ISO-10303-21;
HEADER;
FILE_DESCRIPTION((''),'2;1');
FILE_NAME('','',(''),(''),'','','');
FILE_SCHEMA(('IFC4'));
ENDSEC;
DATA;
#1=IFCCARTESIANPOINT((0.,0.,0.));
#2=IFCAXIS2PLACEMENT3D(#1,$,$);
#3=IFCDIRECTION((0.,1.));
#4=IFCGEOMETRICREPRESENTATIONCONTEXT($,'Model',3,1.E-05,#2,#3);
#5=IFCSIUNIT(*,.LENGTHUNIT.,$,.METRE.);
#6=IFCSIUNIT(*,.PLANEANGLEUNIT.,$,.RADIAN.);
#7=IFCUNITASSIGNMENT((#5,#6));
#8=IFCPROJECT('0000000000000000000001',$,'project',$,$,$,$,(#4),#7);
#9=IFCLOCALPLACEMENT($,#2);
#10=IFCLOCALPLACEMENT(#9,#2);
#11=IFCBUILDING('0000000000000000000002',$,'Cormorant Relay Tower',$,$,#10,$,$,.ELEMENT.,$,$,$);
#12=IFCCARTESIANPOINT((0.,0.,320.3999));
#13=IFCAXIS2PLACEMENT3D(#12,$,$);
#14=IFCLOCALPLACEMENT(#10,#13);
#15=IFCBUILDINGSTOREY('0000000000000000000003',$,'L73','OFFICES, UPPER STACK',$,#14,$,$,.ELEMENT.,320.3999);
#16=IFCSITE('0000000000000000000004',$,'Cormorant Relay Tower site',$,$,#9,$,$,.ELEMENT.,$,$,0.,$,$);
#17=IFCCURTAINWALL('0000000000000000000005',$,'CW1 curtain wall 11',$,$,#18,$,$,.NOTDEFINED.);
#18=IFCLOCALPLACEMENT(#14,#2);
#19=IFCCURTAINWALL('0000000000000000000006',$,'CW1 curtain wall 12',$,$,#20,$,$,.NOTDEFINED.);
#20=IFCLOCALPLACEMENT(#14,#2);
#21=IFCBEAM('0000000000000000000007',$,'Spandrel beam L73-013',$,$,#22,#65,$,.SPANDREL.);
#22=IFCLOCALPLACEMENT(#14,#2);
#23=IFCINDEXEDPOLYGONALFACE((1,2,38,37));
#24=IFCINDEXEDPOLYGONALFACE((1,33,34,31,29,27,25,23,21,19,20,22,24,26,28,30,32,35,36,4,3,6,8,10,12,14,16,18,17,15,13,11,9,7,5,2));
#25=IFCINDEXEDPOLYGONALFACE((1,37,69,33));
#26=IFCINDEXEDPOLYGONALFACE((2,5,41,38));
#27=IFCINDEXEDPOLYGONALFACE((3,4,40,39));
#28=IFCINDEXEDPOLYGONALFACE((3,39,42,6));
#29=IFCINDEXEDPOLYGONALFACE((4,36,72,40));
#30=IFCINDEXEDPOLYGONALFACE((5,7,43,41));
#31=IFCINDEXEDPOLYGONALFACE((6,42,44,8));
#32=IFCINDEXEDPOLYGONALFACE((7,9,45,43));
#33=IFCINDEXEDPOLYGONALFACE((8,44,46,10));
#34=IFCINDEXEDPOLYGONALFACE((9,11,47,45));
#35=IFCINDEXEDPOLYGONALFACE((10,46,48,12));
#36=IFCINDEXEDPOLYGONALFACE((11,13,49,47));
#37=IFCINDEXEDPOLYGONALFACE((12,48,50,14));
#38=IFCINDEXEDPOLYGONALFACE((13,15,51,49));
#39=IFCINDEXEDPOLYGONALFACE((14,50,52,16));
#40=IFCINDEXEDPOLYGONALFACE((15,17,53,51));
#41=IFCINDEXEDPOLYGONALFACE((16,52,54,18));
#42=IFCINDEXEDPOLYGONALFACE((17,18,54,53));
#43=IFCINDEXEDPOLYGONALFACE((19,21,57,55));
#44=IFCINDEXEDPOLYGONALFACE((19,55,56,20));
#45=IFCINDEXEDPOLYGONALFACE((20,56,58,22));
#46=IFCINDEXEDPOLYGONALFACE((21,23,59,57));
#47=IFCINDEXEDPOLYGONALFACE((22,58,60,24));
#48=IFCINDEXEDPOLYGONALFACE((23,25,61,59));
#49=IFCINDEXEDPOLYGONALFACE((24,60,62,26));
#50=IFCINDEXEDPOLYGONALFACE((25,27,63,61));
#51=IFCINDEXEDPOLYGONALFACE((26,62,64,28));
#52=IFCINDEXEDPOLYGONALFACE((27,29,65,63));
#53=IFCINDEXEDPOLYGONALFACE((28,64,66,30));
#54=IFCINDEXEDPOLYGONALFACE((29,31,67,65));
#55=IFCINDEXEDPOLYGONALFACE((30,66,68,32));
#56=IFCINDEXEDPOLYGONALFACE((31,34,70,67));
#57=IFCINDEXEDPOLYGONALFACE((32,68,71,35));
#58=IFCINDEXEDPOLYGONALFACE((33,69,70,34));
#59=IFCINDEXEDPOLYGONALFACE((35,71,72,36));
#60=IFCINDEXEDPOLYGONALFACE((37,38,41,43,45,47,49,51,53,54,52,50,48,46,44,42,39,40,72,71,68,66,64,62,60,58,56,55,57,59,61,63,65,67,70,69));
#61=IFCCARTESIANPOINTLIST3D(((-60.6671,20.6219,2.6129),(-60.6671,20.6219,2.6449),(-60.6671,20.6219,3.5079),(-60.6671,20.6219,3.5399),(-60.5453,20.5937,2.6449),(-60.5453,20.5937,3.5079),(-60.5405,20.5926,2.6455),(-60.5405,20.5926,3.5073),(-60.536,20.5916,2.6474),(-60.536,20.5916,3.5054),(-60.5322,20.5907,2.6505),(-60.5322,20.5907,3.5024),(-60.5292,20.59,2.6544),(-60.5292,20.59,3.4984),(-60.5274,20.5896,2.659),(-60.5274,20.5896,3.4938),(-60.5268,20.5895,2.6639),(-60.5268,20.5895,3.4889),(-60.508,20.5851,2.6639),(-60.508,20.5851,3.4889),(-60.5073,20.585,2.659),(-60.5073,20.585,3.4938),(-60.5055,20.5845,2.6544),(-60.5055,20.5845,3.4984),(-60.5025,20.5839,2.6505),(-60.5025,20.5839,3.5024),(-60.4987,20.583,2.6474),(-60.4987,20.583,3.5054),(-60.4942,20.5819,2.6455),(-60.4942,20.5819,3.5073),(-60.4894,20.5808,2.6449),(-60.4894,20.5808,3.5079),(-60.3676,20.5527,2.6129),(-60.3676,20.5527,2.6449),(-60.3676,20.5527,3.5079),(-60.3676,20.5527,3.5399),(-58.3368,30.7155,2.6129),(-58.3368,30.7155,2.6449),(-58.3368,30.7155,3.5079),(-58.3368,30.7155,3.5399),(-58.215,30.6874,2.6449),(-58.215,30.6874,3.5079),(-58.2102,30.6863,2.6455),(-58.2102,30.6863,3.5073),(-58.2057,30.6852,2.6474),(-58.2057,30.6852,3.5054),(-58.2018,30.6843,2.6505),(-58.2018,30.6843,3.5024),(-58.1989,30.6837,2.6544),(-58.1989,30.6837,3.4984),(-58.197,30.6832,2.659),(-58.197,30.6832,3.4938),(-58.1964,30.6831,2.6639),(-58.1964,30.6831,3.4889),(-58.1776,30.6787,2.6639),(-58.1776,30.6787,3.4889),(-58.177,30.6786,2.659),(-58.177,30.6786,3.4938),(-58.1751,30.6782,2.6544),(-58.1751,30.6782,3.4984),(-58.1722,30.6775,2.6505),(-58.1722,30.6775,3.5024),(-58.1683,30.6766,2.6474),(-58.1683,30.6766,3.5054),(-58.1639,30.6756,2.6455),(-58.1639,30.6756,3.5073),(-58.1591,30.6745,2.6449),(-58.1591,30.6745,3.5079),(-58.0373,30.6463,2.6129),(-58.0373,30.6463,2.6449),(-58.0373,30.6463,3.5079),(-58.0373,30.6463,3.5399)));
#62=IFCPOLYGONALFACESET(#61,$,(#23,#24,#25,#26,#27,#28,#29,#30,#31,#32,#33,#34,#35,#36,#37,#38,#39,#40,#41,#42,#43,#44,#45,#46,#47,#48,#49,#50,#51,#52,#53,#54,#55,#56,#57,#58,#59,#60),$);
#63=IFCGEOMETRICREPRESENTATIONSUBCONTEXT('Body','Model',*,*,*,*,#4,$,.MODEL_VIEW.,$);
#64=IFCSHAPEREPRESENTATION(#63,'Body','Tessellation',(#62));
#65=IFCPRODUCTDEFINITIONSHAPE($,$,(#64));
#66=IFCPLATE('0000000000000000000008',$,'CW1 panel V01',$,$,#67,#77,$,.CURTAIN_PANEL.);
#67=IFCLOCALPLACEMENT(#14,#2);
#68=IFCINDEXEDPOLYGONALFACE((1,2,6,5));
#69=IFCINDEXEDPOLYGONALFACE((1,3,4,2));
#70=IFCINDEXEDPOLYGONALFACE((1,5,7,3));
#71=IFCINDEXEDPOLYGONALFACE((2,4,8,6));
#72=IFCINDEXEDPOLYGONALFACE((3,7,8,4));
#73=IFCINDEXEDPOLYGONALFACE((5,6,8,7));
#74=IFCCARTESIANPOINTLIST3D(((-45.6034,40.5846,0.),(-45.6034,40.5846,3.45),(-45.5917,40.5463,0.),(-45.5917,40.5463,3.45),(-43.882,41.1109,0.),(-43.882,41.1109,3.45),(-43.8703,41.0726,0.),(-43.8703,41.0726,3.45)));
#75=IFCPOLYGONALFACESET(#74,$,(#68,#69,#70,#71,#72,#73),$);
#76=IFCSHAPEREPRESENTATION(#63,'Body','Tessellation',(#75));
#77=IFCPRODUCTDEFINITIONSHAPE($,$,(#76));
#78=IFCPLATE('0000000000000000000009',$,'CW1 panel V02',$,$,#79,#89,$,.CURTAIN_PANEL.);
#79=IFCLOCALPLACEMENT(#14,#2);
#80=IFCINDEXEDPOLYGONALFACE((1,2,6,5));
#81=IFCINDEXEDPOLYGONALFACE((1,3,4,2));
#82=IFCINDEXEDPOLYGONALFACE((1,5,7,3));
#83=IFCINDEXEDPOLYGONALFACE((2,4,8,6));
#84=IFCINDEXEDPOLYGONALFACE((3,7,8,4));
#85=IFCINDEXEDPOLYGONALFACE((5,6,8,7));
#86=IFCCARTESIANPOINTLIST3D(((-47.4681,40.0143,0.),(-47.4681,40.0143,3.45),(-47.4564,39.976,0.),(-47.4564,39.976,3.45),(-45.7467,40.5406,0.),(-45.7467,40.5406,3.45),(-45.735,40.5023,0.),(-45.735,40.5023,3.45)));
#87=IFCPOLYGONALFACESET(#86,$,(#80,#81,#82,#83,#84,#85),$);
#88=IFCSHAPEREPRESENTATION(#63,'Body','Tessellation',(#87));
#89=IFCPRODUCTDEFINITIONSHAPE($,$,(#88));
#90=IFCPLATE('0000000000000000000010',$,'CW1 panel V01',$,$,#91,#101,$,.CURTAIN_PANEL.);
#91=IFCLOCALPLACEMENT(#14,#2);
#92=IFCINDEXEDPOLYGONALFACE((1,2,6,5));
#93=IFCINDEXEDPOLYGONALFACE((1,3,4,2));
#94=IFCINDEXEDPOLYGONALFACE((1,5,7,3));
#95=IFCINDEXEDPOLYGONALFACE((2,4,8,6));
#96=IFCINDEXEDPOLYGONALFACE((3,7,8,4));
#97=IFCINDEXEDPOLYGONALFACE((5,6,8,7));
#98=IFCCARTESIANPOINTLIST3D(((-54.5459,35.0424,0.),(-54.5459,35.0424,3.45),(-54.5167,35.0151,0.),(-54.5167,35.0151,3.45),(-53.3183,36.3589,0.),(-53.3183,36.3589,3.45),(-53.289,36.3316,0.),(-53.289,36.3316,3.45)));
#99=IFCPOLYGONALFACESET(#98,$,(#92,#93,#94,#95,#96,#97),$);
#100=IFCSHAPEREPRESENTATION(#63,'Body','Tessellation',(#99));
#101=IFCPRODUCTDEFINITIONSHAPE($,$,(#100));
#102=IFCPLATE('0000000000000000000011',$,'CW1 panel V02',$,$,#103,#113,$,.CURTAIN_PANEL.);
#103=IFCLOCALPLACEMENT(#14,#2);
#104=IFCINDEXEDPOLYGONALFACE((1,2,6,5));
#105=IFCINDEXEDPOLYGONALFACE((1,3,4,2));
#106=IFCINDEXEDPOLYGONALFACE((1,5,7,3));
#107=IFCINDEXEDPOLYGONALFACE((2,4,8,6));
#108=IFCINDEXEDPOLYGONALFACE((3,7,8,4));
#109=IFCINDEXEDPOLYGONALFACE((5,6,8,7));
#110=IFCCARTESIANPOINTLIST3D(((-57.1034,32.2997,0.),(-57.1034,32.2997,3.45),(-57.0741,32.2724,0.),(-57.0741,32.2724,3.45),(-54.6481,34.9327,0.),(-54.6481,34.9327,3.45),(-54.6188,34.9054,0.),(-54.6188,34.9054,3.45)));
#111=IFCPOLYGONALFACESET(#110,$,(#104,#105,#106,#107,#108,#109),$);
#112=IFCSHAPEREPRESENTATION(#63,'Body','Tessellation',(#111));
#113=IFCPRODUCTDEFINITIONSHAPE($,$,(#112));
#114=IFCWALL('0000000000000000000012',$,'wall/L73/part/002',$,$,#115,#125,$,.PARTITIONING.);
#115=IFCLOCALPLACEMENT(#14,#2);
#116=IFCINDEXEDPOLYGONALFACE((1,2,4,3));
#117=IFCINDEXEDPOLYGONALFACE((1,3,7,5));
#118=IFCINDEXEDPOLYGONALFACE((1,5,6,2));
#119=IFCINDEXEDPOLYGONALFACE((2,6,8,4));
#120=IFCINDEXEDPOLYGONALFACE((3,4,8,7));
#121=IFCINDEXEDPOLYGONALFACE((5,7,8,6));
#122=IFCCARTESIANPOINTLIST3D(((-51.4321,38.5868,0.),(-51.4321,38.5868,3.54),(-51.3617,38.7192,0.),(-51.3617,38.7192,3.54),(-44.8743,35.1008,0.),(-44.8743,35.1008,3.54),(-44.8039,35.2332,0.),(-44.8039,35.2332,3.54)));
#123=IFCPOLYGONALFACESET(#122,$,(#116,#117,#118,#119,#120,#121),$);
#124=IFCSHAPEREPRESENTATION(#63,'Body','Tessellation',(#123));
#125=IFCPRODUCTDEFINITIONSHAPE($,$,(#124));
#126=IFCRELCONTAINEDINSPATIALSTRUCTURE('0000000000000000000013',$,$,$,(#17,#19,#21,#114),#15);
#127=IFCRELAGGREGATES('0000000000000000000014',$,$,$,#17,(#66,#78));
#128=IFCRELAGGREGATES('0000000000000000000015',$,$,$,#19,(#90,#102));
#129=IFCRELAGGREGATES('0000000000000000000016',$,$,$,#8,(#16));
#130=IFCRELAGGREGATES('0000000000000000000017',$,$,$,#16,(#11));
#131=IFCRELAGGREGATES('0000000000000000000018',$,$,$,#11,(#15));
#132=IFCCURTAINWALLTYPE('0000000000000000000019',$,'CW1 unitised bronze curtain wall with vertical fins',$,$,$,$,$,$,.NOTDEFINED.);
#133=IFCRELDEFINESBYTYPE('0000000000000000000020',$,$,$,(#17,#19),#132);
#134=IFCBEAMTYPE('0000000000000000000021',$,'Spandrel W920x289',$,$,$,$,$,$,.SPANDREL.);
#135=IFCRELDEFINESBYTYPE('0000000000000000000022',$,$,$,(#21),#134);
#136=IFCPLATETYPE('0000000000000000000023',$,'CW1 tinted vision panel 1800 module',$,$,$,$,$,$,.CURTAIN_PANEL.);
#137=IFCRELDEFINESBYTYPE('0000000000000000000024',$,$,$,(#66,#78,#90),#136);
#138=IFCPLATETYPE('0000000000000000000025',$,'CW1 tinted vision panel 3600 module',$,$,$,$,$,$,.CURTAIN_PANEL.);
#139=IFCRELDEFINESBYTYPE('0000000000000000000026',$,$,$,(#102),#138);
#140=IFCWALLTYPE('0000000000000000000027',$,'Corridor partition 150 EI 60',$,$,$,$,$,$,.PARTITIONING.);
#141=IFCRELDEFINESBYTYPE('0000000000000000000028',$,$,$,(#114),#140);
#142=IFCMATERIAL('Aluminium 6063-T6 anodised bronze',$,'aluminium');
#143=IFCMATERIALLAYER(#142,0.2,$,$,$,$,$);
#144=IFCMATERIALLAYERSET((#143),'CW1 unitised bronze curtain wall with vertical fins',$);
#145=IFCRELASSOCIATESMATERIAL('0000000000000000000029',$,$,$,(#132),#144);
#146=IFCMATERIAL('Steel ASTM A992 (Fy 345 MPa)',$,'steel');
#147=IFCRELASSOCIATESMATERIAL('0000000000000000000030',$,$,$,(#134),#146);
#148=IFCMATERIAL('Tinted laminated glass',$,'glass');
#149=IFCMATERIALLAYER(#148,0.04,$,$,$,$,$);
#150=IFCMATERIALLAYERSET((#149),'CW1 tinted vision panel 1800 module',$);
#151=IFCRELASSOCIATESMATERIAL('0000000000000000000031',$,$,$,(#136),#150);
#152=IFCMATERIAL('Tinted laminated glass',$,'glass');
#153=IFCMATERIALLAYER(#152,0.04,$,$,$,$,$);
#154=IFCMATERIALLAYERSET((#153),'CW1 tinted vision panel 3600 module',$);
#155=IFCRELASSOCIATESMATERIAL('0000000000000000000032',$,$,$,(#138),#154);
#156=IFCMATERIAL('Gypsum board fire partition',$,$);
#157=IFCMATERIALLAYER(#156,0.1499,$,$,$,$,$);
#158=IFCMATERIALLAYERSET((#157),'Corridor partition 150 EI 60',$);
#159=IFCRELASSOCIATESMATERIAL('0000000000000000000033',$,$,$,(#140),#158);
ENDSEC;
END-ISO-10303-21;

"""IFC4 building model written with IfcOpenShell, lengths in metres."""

from ifc_helpers import new_model, si_unit, direction, frame, frame_2d, origin, origin_2d, place, context, subcontext, project, spatial, rectangle, i_section, extrude, material, layer, layer_set, material_profile, profile_set, type_object, element, aggregate, save


model = new_model("IFC4")

# Units and contexts
model_context = context("Model", 3, precision=1e-05, world=origin(), true_north=direction((0.0, 1.0)))
body_context = subcontext(model_context, "Body", "Model", "MODEL_VIEW")
ifc_project = project(units=[si_unit("LENGTHUNIT", "METRE"), si_unit("PLANEANGLEUNIT", "RADIAN")], contexts=[model_context])

# Site, building, storey
site_placement = place(None, origin())
site = spatial("IfcSite", under=ifc_project, at=site_placement, Name="Cormorant Relay Tower site", CompositionType="ELEMENT", RefElevation=0.0)
building_placement = place(site_placement, origin())
building = spatial("IfcBuilding", under=site, at=building_placement, Name="Cormorant Relay Tower", CompositionType="ELEMENT")
storey_placement = place(building_placement, frame((0.0, 0.0, 320.3999)))
storey = spatial("IfcBuildingStorey", under=building, at=storey_placement, Name="L73", Description="OFFICES, UPPER STACK", CompositionType="ELEMENT", Elevation=320.3999)

# Curtain walls
ifc_material_1 = material(Name="Aluminium 6063-T6 anodised bronze", Category="aluminium")
ifc_layer_1 = layer(ifc_material_1, 0.2)
ifc_layer_set_1 = layer_set([ifc_layer_1], Name="CW1 unitised bronze curtain wall with vertical fins")
curtain_wall_type = type_object("IfcCurtainWallType", Name="CW1 unitised bronze curtain wall with vertical fins", PredefinedType="NOTDEFINED", material=ifc_layer_set_1)
curtain_wall_1_placement = place(storey_placement, origin())
curtain_wall_1 = element("IfcCurtainWall", 1, at=curtain_wall_1_placement, inside=storey, type_object=curtain_wall_type, Name="CW1 curtain wall 11", PredefinedType="NOTDEFINED")
curtain_wall_2_placement = place(storey_placement, origin())
curtain_wall_2 = element("IfcCurtainWall", 2, at=curtain_wall_2_placement, inside=storey, type_object=curtain_wall_type, Name="CW1 curtain wall 12", PredefinedType="NOTDEFINED")

# Beam
ifc_material_2 = material(Name="Steel ASTM A992 (Fy 345 MPa)", Category="steel")
ifc_material_profile_1 = material_profile(ifc_material_2, i_section(OverallWidth=0.3074, OverallDepth=0.927, WebThickness=0.0193, FlangeThickness=0.032, FilletRadius=0.019, at=origin_2d()), Name="W920x289")
ifc_profile_set_1 = profile_set([ifc_material_profile_1], Name="Steel ASTM A992 (Fy 345 MPa)")
beam_type = type_object("IfcBeamType", Name="Spandrel W920x289", PredefinedType="SPANDREL", material=ifc_profile_set_1)
beam_1_placement = place(storey_placement, frame((-58.187, 30.6809, 3.0764), z_axis=(-0.224956, -0.974369, 0.0), x_axis=(0.974369, -0.224956, 0.0)))
element("IfcBeam", 3, at=beam_1_placement, inside=storey, type_object=beam_type, Name="Spandrel beam L73-013", PredefinedType="SPANDREL", context=body_context, shape_type="SweptSolid", body=[
    extrude(i_section(OverallWidth=0.3074, OverallDepth=0.927, WebThickness=0.0193, FlangeThickness=0.032, FilletRadius=0.019, at=origin_2d()), origin(), (0.0, 0.0, 1.0), 10.3591),
])

# Plates
ifc_material_3 = material(Name="Tinted laminated glass", Category="glass")
ifc_layer_2 = layer(ifc_material_3, 0.04)
ifc_layer_set_2 = layer_set([ifc_layer_2], Name="CW1 tinted vision panel 1800 module")
plate_type_1 = type_object("IfcPlateType", Name="CW1 tinted vision panel 1800 module", PredefinedType="CURTAIN_PANEL", material=ifc_layer_set_2)
plate_1_placement = place(storey_placement, frame((-44.7368, 40.8286, 0.0), z_axis=(0.0, 0.0, 1.0), x_axis=(-0.956305, -0.292372, 0.0)))
plate_1 = element("IfcPlate", 4, at=plate_1_placement, type_object=plate_type_1, Name="CW1 panel V01", PredefinedType="CURTAIN_PANEL", context=body_context, shape_type="SweptSolid", body=[
    extrude(rectangle(XDim=1.8, YDim=0.04, at=origin_2d()), origin(), (0.0, 0.0, 1.0), 3.45),
])
plate_2_placement = place(storey_placement, frame((-46.6016, 40.2583, 0.0), z_axis=(0.0, 0.0, 1.0), x_axis=(-0.956305, -0.292372, 0.0)))
plate_2 = element("IfcPlate", 5, at=plate_2_placement, type_object=plate_type_1, Name="CW1 panel V02", PredefinedType="CURTAIN_PANEL", context=body_context, shape_type="SweptSolid", body=[
    extrude(rectangle(XDim=1.8, YDim=0.04, at=origin_2d()), origin(), (0.0, 0.0, 1.0), 3.45),
])
plate_3_placement = place(storey_placement, frame((-53.9175, 35.687, 0.0), z_axis=(0.0, 0.0, 1.0), x_axis=(-0.681998, -0.731354, 0.0)))
plate_3 = element("IfcPlate", 6, at=plate_3_placement, type_object=plate_type_1, Name="CW1 panel V01", PredefinedType="CURTAIN_PANEL", context=body_context, shape_type="SweptSolid", body=[
    extrude(rectangle(XDim=1.8, YDim=0.04, at=origin_2d()), origin(), (0.0, 0.0, 1.0), 3.45),
])
ifc_material_4 = material(Name="Tinted laminated glass", Category="glass")
ifc_layer_3 = layer(ifc_material_4, 0.04)
ifc_layer_set_3 = layer_set([ifc_layer_3], Name="CW1 tinted vision panel 3600 module")
plate_type_2 = type_object("IfcPlateType", Name="CW1 tinted vision panel 3600 module", PredefinedType="CURTAIN_PANEL", material=ifc_layer_set_3)
plate_4_placement = place(storey_placement, frame((-55.8611, 33.6025, 0.0), z_axis=(0.0, 0.0, 1.0), x_axis=(-0.681998, -0.731354, 0.0)))
plate_4 = element("IfcPlate", 7, at=plate_4_placement, type_object=plate_type_2, Name="CW1 panel V02", PredefinedType="CURTAIN_PANEL", context=body_context, shape_type="SweptSolid", body=[
    extrude(rectangle(XDim=3.6001, YDim=0.04, at=origin_2d()), origin(), (0.0, 0.0, 1.0), 3.45),
])

# Wall
ifc_material_5 = material(Name="Gypsum board fire partition")
ifc_layer_4 = layer(ifc_material_5, 0.1499)
ifc_layer_set_4 = layer_set([ifc_layer_4], Name="Corridor partition 150 EI 60")
wall_type_1 = type_object("IfcWallType", Name="Corridor partition 150 EI 60", PredefinedType="PARTITIONING", material=ifc_layer_set_4)
wall_1_placement = place(storey_placement, frame((-44.8391, 35.167, 0.0), z_axis=(0.0, 0.0, 1.0), x_axis=(-0.882992, 0.469388, 0.0)))
element("IfcWall", 8, at=wall_1_placement, inside=storey, type_object=wall_type_1, Name="wall/L73/part/002", PredefinedType="PARTITIONING", context=body_context, shape_type="SweptSolid", body=[
    extrude(rectangle(XDim=7.4268, YDim=0.1499, at=frame_2d((3.7134, 0.0))), origin(), (0.0, 0.0, 1.0), 3.54),
])

aggregate(curtain_wall_1, [plate_1, plate_2])
aggregate(curtain_wall_2, [plate_3, plate_4])

save(model, "model.ifc")
